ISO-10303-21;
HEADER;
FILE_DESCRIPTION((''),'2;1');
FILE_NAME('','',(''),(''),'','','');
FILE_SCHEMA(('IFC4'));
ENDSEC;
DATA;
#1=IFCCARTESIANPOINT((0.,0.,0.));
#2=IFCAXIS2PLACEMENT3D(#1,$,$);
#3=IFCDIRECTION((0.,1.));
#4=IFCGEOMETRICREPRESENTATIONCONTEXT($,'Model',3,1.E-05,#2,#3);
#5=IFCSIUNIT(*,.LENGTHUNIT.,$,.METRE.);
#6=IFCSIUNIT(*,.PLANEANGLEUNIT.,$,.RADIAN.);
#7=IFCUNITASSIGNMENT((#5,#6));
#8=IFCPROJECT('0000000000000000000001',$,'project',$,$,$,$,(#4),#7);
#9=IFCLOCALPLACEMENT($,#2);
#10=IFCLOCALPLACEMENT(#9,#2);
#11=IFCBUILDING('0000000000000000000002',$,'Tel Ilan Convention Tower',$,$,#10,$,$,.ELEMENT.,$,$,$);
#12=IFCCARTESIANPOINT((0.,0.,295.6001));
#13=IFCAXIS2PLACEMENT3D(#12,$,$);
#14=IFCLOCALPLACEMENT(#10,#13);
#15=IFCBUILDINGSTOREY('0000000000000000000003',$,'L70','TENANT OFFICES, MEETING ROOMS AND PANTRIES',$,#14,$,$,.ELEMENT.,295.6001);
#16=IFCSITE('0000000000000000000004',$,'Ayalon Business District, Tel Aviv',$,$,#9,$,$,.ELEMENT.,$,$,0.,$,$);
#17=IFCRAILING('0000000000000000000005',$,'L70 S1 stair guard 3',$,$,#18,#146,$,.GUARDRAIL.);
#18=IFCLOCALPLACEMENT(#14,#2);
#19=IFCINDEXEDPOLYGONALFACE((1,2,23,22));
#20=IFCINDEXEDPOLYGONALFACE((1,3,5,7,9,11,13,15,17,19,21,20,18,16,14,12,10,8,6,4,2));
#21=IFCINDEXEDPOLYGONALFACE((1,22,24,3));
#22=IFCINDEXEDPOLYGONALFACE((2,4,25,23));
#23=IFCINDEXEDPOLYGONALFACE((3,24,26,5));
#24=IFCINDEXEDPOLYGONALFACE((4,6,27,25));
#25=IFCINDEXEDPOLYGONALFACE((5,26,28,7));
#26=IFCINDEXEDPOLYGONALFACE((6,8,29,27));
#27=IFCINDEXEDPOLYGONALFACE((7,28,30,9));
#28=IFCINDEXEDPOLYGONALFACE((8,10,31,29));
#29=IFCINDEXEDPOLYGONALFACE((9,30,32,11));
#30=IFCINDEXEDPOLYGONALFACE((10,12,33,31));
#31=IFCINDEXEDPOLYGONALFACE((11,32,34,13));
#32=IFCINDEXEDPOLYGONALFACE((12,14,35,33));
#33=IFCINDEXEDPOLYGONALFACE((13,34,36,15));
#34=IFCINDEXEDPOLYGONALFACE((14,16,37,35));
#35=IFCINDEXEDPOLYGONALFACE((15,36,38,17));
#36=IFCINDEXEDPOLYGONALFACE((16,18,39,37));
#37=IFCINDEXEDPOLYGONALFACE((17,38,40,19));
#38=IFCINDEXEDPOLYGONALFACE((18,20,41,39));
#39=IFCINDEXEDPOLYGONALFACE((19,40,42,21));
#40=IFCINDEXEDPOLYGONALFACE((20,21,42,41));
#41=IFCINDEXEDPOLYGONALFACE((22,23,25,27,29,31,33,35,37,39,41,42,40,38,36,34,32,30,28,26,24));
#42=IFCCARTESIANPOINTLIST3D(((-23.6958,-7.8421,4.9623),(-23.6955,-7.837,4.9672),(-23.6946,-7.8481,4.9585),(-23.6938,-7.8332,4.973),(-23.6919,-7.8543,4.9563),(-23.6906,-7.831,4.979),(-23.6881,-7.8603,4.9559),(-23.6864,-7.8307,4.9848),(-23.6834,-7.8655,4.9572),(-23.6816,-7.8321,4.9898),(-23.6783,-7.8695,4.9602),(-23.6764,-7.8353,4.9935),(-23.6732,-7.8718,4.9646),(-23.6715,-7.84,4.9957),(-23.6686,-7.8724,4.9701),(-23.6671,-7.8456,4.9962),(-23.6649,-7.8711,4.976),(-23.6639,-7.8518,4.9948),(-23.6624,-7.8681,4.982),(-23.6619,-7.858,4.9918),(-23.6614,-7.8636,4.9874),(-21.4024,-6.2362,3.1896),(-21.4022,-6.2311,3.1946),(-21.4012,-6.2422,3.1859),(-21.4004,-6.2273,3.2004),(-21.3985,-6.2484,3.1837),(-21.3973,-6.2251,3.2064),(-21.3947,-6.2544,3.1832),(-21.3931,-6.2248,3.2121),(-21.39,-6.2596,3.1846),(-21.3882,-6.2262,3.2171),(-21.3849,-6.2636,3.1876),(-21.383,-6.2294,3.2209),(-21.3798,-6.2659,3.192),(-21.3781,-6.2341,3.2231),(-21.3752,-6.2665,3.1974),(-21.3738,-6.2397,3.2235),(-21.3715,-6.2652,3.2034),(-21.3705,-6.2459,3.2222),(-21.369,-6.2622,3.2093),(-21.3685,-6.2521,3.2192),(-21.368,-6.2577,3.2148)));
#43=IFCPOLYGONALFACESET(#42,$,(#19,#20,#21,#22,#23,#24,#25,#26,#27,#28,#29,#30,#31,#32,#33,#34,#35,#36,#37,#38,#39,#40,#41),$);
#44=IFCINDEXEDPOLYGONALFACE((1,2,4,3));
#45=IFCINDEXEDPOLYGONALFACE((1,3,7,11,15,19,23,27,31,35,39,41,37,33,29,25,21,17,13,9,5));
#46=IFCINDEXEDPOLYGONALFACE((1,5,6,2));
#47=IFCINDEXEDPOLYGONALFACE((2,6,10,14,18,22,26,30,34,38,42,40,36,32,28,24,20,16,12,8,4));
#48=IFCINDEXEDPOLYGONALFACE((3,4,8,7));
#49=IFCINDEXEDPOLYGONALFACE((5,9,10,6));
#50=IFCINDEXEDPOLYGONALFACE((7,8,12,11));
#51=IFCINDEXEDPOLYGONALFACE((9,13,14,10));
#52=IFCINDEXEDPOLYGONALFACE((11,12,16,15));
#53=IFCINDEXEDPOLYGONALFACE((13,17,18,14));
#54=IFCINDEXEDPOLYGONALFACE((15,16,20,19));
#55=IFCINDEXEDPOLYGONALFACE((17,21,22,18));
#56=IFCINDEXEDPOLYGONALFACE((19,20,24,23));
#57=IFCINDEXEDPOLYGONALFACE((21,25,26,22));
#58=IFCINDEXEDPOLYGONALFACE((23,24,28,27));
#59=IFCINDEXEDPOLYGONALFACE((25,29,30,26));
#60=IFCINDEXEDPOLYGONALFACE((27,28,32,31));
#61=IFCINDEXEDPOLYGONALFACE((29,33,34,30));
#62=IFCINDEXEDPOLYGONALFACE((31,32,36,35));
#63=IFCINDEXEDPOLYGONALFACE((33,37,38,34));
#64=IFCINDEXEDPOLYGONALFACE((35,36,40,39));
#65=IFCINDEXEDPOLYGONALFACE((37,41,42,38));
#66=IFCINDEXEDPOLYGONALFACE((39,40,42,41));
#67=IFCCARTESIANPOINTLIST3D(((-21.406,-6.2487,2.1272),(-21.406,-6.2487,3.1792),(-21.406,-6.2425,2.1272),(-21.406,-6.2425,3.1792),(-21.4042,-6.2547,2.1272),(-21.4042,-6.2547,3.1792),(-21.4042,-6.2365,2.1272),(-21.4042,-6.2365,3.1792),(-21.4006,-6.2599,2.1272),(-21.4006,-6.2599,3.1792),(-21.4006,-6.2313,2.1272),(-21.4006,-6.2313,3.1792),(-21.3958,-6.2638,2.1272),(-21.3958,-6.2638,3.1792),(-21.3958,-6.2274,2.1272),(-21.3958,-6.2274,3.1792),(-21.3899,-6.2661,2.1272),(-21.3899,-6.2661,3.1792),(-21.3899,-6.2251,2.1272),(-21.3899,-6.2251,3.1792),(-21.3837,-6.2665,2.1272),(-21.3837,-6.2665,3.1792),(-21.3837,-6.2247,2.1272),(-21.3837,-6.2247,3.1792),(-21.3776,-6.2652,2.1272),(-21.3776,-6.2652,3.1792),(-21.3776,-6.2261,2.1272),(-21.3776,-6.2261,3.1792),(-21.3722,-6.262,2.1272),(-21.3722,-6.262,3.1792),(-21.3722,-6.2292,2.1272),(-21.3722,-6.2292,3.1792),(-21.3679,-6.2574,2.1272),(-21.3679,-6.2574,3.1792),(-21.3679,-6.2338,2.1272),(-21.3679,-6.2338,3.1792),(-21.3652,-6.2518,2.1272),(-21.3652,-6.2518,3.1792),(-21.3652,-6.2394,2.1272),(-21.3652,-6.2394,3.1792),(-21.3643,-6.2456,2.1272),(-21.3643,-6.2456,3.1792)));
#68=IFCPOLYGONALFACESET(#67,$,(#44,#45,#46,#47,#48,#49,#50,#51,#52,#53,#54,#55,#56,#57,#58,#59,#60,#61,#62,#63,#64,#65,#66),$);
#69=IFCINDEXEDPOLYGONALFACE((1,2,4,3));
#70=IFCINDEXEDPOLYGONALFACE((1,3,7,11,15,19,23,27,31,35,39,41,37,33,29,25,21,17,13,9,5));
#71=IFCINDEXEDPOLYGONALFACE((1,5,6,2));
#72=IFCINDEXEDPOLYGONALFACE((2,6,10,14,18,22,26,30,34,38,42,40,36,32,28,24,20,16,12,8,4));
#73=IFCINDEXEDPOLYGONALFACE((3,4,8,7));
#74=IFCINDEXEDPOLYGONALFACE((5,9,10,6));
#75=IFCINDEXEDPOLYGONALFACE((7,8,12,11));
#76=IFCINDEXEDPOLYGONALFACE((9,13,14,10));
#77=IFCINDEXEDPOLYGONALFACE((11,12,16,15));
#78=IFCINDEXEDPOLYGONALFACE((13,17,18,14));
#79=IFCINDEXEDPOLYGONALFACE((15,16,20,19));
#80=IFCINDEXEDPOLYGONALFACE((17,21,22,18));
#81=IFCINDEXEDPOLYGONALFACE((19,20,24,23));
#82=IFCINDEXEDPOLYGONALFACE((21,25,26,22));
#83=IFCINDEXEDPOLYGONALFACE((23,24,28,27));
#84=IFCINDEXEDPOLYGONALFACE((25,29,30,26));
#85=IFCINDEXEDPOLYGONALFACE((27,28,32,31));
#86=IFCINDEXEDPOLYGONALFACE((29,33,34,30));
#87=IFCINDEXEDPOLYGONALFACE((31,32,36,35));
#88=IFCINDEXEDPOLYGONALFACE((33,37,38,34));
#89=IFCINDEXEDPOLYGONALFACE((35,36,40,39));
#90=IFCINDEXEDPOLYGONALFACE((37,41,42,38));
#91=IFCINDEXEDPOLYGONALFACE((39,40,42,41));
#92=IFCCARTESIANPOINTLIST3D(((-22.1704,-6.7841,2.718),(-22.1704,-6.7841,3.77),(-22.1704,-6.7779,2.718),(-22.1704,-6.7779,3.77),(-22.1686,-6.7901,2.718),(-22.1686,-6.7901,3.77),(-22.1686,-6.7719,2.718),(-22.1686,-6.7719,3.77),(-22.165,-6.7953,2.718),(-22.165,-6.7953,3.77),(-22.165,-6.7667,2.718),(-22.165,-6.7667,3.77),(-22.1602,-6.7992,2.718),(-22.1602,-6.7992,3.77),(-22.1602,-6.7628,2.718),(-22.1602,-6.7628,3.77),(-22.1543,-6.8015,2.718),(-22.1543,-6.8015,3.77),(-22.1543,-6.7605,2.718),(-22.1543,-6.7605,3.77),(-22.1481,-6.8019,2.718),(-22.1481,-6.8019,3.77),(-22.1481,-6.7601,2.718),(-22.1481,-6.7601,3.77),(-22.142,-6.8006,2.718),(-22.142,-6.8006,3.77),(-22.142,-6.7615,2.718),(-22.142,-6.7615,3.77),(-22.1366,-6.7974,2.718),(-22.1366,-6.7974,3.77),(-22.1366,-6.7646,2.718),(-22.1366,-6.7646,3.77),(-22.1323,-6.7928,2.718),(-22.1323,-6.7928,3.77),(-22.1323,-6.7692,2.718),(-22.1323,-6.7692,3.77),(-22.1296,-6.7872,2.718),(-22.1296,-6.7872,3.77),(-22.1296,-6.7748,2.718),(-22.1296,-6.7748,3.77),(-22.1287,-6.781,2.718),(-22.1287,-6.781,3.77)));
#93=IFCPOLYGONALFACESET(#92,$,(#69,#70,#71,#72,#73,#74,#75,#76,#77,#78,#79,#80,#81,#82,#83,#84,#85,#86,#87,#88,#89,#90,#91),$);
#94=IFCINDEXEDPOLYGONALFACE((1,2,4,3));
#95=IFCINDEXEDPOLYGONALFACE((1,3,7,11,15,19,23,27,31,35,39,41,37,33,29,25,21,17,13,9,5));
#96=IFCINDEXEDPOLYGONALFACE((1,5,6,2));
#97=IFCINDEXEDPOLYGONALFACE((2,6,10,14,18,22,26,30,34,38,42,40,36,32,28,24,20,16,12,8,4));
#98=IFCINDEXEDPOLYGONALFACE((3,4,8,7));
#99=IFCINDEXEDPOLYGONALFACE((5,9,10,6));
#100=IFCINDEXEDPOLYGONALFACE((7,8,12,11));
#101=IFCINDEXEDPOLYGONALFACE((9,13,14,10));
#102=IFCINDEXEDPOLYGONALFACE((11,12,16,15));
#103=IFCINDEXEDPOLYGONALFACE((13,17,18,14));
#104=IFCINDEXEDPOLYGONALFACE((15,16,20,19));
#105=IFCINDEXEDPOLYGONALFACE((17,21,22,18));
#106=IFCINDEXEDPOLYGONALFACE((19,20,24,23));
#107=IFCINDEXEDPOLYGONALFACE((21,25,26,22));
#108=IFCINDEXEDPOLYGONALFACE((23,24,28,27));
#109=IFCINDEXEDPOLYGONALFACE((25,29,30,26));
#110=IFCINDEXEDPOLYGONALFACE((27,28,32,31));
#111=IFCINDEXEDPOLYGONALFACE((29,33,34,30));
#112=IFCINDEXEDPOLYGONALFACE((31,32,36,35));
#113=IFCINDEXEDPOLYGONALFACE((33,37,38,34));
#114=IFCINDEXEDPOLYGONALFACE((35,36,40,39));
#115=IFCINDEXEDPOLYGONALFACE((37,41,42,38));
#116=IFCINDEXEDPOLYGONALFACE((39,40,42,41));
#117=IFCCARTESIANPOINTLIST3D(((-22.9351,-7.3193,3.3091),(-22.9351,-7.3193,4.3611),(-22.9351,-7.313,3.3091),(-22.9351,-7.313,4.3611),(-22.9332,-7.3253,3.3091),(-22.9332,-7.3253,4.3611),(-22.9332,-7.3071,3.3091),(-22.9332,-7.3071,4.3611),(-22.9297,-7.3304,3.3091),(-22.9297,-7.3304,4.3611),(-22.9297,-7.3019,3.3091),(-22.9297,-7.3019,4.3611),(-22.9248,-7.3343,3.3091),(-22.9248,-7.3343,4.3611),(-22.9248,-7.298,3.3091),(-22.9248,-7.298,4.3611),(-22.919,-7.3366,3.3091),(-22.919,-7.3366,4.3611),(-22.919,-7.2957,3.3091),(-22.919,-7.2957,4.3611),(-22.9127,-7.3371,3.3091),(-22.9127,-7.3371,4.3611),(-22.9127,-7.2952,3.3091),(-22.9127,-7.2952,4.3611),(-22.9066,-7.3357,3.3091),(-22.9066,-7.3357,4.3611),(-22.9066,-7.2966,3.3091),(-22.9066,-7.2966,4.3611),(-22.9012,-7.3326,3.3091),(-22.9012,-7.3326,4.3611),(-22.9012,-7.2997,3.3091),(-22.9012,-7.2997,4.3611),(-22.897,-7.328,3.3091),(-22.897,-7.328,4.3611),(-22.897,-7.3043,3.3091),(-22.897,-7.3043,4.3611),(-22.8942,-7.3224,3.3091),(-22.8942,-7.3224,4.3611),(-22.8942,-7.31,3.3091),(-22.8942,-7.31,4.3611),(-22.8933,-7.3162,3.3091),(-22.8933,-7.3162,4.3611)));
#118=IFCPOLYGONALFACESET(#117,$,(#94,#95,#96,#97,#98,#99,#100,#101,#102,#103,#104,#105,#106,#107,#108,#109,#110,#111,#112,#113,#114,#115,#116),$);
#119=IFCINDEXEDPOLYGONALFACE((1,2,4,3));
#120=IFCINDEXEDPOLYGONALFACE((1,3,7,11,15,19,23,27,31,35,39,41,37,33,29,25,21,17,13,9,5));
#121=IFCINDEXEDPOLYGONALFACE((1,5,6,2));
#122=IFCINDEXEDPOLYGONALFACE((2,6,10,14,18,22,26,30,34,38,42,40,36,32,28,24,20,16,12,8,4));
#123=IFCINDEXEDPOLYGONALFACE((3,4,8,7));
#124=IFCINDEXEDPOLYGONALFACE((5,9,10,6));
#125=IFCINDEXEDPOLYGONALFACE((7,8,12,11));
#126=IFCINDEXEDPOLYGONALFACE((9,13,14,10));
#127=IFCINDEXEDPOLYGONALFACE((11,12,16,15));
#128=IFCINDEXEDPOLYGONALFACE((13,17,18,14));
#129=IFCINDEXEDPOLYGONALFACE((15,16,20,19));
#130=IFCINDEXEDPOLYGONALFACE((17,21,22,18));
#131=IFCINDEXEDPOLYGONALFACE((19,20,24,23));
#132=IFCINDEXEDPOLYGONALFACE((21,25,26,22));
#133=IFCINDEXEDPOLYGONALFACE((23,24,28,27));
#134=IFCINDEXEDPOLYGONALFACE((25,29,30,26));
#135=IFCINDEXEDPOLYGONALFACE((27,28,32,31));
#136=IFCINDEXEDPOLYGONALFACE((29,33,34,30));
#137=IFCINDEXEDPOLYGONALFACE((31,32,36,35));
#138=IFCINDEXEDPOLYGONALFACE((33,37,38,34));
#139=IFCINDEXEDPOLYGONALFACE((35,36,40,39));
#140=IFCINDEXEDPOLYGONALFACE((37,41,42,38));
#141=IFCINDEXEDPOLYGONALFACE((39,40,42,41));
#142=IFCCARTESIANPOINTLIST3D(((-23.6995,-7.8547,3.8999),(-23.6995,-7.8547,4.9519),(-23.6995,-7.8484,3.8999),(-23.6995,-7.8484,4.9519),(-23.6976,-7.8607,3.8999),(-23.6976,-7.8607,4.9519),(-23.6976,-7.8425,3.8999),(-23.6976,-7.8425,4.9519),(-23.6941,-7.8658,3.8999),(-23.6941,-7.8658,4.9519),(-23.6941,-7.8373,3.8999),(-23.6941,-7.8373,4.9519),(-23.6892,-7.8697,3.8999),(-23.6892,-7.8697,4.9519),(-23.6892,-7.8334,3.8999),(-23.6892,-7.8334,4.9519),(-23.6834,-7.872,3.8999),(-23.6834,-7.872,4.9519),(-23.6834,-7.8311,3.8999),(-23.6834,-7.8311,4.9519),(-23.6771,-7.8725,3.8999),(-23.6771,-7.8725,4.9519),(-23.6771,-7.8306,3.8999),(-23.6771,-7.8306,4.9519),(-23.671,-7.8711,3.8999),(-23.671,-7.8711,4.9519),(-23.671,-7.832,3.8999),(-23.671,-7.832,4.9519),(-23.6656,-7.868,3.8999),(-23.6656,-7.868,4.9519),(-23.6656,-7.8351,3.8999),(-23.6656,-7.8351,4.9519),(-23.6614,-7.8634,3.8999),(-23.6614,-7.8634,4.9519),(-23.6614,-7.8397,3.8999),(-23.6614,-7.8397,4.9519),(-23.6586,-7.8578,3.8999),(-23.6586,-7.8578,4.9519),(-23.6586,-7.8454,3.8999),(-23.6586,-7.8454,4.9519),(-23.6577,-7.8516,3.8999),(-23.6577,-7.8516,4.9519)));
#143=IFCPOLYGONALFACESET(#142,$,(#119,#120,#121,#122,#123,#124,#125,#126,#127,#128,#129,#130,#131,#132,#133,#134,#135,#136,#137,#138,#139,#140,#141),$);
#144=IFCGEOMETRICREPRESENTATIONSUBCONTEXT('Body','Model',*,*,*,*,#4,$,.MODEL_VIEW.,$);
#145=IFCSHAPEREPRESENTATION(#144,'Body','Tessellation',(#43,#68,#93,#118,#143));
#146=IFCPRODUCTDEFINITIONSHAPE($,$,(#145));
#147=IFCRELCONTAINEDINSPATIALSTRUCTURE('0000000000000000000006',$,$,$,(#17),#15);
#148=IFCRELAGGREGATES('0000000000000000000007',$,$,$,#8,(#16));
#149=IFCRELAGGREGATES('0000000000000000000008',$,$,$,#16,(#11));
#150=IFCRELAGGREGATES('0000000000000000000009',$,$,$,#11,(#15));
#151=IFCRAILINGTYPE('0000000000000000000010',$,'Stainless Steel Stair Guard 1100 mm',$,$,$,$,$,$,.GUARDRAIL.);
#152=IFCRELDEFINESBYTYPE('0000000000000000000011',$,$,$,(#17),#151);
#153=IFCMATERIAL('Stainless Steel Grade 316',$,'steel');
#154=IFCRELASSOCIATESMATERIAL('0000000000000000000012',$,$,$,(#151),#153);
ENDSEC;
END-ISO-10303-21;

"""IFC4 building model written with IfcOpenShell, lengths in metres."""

from ifc_helpers import new_model, si_unit, direction, frame, origin, origin_2d, place, context, subcontext, project, spatial, circle, extrude, material, type_object, element, save


model = new_model("IFC4")

# Units and contexts
model_context = context("Model", 3, precision=1e-05, world=origin(), true_north=direction((0.0, 1.0)))
body_context = subcontext(model_context, "Body", "Model", "MODEL_VIEW")
ifc_project = project(units=[si_unit("LENGTHUNIT", "METRE"), si_unit("PLANEANGLEUNIT", "RADIAN")], contexts=[model_context])

# Site, building, storey
site_placement = place(None, origin())
site = spatial("IfcSite", under=ifc_project, at=site_placement, Name="Ayalon Business District, Tel Aviv", CompositionType="ELEMENT", RefElevation=0.0)
building_placement = place(site_placement, origin())
building = spatial("IfcBuilding", under=site, at=building_placement, Name="Tel Ilan Convention Tower", CompositionType="ELEMENT")
storey_placement = place(building_placement, frame((0.0, 0.0, 295.6001)))
storey = spatial("IfcBuildingStorey", under=building, at=storey_placement, Name="L70", Description="TENANT OFFICES, MEETING ROOMS AND PANTRIES", CompositionType="ELEMENT", Elevation=295.6001)

# Railing
ifc_material_1 = material(Name="Stainless Steel Grade 316", Category="steel")
railing_type_1 = type_object("IfcRailingType", Name="Stainless Steel Stair Guard 1100 mm", PredefinedType="GUARDRAIL", material=ifc_material_1)
railing_1_placement = place(storey_placement, frame((-21.3853, -6.2456, 2.1272)))
element("IfcRailing", 1, at=railing_1_placement, inside=storey, type_object=railing_type_1, Name="L70 S1 stair guard 3", PredefinedType="GUARDRAIL", context=body_context, shape_type="SweptSolid", body=[
    extrude(circle(Radius=0.0239, at=origin_2d()), frame((0.0, 0.0, 1.0762), z_axis=(-0.692085, -0.484621, 0.53494), x_axis=(0.573591, -0.819142, 0.0)), (0.0, 0.0, 1.0), 3.3137),
    extrude(circle(Radius=0.021, at=origin_2d()), origin(), (0.0, 0.0, 1.0), 1.052),
    extrude(circle(Radius=0.021, at=origin_2d()), frame((-0.7644, -0.5354, 0.5908)), (0.0, 0.0, 1.0), 1.052),
    extrude(circle(Radius=0.021, at=origin_2d()), frame((-1.5291, -1.0706, 1.1819)), (0.0, 0.0, 1.0), 1.052),
    extrude(circle(Radius=0.021, at=origin_2d()), frame((-2.2935, -1.606, 1.7727)), (0.0, 0.0, 1.0), 1.052),
])

save(model, "model.ifc")
